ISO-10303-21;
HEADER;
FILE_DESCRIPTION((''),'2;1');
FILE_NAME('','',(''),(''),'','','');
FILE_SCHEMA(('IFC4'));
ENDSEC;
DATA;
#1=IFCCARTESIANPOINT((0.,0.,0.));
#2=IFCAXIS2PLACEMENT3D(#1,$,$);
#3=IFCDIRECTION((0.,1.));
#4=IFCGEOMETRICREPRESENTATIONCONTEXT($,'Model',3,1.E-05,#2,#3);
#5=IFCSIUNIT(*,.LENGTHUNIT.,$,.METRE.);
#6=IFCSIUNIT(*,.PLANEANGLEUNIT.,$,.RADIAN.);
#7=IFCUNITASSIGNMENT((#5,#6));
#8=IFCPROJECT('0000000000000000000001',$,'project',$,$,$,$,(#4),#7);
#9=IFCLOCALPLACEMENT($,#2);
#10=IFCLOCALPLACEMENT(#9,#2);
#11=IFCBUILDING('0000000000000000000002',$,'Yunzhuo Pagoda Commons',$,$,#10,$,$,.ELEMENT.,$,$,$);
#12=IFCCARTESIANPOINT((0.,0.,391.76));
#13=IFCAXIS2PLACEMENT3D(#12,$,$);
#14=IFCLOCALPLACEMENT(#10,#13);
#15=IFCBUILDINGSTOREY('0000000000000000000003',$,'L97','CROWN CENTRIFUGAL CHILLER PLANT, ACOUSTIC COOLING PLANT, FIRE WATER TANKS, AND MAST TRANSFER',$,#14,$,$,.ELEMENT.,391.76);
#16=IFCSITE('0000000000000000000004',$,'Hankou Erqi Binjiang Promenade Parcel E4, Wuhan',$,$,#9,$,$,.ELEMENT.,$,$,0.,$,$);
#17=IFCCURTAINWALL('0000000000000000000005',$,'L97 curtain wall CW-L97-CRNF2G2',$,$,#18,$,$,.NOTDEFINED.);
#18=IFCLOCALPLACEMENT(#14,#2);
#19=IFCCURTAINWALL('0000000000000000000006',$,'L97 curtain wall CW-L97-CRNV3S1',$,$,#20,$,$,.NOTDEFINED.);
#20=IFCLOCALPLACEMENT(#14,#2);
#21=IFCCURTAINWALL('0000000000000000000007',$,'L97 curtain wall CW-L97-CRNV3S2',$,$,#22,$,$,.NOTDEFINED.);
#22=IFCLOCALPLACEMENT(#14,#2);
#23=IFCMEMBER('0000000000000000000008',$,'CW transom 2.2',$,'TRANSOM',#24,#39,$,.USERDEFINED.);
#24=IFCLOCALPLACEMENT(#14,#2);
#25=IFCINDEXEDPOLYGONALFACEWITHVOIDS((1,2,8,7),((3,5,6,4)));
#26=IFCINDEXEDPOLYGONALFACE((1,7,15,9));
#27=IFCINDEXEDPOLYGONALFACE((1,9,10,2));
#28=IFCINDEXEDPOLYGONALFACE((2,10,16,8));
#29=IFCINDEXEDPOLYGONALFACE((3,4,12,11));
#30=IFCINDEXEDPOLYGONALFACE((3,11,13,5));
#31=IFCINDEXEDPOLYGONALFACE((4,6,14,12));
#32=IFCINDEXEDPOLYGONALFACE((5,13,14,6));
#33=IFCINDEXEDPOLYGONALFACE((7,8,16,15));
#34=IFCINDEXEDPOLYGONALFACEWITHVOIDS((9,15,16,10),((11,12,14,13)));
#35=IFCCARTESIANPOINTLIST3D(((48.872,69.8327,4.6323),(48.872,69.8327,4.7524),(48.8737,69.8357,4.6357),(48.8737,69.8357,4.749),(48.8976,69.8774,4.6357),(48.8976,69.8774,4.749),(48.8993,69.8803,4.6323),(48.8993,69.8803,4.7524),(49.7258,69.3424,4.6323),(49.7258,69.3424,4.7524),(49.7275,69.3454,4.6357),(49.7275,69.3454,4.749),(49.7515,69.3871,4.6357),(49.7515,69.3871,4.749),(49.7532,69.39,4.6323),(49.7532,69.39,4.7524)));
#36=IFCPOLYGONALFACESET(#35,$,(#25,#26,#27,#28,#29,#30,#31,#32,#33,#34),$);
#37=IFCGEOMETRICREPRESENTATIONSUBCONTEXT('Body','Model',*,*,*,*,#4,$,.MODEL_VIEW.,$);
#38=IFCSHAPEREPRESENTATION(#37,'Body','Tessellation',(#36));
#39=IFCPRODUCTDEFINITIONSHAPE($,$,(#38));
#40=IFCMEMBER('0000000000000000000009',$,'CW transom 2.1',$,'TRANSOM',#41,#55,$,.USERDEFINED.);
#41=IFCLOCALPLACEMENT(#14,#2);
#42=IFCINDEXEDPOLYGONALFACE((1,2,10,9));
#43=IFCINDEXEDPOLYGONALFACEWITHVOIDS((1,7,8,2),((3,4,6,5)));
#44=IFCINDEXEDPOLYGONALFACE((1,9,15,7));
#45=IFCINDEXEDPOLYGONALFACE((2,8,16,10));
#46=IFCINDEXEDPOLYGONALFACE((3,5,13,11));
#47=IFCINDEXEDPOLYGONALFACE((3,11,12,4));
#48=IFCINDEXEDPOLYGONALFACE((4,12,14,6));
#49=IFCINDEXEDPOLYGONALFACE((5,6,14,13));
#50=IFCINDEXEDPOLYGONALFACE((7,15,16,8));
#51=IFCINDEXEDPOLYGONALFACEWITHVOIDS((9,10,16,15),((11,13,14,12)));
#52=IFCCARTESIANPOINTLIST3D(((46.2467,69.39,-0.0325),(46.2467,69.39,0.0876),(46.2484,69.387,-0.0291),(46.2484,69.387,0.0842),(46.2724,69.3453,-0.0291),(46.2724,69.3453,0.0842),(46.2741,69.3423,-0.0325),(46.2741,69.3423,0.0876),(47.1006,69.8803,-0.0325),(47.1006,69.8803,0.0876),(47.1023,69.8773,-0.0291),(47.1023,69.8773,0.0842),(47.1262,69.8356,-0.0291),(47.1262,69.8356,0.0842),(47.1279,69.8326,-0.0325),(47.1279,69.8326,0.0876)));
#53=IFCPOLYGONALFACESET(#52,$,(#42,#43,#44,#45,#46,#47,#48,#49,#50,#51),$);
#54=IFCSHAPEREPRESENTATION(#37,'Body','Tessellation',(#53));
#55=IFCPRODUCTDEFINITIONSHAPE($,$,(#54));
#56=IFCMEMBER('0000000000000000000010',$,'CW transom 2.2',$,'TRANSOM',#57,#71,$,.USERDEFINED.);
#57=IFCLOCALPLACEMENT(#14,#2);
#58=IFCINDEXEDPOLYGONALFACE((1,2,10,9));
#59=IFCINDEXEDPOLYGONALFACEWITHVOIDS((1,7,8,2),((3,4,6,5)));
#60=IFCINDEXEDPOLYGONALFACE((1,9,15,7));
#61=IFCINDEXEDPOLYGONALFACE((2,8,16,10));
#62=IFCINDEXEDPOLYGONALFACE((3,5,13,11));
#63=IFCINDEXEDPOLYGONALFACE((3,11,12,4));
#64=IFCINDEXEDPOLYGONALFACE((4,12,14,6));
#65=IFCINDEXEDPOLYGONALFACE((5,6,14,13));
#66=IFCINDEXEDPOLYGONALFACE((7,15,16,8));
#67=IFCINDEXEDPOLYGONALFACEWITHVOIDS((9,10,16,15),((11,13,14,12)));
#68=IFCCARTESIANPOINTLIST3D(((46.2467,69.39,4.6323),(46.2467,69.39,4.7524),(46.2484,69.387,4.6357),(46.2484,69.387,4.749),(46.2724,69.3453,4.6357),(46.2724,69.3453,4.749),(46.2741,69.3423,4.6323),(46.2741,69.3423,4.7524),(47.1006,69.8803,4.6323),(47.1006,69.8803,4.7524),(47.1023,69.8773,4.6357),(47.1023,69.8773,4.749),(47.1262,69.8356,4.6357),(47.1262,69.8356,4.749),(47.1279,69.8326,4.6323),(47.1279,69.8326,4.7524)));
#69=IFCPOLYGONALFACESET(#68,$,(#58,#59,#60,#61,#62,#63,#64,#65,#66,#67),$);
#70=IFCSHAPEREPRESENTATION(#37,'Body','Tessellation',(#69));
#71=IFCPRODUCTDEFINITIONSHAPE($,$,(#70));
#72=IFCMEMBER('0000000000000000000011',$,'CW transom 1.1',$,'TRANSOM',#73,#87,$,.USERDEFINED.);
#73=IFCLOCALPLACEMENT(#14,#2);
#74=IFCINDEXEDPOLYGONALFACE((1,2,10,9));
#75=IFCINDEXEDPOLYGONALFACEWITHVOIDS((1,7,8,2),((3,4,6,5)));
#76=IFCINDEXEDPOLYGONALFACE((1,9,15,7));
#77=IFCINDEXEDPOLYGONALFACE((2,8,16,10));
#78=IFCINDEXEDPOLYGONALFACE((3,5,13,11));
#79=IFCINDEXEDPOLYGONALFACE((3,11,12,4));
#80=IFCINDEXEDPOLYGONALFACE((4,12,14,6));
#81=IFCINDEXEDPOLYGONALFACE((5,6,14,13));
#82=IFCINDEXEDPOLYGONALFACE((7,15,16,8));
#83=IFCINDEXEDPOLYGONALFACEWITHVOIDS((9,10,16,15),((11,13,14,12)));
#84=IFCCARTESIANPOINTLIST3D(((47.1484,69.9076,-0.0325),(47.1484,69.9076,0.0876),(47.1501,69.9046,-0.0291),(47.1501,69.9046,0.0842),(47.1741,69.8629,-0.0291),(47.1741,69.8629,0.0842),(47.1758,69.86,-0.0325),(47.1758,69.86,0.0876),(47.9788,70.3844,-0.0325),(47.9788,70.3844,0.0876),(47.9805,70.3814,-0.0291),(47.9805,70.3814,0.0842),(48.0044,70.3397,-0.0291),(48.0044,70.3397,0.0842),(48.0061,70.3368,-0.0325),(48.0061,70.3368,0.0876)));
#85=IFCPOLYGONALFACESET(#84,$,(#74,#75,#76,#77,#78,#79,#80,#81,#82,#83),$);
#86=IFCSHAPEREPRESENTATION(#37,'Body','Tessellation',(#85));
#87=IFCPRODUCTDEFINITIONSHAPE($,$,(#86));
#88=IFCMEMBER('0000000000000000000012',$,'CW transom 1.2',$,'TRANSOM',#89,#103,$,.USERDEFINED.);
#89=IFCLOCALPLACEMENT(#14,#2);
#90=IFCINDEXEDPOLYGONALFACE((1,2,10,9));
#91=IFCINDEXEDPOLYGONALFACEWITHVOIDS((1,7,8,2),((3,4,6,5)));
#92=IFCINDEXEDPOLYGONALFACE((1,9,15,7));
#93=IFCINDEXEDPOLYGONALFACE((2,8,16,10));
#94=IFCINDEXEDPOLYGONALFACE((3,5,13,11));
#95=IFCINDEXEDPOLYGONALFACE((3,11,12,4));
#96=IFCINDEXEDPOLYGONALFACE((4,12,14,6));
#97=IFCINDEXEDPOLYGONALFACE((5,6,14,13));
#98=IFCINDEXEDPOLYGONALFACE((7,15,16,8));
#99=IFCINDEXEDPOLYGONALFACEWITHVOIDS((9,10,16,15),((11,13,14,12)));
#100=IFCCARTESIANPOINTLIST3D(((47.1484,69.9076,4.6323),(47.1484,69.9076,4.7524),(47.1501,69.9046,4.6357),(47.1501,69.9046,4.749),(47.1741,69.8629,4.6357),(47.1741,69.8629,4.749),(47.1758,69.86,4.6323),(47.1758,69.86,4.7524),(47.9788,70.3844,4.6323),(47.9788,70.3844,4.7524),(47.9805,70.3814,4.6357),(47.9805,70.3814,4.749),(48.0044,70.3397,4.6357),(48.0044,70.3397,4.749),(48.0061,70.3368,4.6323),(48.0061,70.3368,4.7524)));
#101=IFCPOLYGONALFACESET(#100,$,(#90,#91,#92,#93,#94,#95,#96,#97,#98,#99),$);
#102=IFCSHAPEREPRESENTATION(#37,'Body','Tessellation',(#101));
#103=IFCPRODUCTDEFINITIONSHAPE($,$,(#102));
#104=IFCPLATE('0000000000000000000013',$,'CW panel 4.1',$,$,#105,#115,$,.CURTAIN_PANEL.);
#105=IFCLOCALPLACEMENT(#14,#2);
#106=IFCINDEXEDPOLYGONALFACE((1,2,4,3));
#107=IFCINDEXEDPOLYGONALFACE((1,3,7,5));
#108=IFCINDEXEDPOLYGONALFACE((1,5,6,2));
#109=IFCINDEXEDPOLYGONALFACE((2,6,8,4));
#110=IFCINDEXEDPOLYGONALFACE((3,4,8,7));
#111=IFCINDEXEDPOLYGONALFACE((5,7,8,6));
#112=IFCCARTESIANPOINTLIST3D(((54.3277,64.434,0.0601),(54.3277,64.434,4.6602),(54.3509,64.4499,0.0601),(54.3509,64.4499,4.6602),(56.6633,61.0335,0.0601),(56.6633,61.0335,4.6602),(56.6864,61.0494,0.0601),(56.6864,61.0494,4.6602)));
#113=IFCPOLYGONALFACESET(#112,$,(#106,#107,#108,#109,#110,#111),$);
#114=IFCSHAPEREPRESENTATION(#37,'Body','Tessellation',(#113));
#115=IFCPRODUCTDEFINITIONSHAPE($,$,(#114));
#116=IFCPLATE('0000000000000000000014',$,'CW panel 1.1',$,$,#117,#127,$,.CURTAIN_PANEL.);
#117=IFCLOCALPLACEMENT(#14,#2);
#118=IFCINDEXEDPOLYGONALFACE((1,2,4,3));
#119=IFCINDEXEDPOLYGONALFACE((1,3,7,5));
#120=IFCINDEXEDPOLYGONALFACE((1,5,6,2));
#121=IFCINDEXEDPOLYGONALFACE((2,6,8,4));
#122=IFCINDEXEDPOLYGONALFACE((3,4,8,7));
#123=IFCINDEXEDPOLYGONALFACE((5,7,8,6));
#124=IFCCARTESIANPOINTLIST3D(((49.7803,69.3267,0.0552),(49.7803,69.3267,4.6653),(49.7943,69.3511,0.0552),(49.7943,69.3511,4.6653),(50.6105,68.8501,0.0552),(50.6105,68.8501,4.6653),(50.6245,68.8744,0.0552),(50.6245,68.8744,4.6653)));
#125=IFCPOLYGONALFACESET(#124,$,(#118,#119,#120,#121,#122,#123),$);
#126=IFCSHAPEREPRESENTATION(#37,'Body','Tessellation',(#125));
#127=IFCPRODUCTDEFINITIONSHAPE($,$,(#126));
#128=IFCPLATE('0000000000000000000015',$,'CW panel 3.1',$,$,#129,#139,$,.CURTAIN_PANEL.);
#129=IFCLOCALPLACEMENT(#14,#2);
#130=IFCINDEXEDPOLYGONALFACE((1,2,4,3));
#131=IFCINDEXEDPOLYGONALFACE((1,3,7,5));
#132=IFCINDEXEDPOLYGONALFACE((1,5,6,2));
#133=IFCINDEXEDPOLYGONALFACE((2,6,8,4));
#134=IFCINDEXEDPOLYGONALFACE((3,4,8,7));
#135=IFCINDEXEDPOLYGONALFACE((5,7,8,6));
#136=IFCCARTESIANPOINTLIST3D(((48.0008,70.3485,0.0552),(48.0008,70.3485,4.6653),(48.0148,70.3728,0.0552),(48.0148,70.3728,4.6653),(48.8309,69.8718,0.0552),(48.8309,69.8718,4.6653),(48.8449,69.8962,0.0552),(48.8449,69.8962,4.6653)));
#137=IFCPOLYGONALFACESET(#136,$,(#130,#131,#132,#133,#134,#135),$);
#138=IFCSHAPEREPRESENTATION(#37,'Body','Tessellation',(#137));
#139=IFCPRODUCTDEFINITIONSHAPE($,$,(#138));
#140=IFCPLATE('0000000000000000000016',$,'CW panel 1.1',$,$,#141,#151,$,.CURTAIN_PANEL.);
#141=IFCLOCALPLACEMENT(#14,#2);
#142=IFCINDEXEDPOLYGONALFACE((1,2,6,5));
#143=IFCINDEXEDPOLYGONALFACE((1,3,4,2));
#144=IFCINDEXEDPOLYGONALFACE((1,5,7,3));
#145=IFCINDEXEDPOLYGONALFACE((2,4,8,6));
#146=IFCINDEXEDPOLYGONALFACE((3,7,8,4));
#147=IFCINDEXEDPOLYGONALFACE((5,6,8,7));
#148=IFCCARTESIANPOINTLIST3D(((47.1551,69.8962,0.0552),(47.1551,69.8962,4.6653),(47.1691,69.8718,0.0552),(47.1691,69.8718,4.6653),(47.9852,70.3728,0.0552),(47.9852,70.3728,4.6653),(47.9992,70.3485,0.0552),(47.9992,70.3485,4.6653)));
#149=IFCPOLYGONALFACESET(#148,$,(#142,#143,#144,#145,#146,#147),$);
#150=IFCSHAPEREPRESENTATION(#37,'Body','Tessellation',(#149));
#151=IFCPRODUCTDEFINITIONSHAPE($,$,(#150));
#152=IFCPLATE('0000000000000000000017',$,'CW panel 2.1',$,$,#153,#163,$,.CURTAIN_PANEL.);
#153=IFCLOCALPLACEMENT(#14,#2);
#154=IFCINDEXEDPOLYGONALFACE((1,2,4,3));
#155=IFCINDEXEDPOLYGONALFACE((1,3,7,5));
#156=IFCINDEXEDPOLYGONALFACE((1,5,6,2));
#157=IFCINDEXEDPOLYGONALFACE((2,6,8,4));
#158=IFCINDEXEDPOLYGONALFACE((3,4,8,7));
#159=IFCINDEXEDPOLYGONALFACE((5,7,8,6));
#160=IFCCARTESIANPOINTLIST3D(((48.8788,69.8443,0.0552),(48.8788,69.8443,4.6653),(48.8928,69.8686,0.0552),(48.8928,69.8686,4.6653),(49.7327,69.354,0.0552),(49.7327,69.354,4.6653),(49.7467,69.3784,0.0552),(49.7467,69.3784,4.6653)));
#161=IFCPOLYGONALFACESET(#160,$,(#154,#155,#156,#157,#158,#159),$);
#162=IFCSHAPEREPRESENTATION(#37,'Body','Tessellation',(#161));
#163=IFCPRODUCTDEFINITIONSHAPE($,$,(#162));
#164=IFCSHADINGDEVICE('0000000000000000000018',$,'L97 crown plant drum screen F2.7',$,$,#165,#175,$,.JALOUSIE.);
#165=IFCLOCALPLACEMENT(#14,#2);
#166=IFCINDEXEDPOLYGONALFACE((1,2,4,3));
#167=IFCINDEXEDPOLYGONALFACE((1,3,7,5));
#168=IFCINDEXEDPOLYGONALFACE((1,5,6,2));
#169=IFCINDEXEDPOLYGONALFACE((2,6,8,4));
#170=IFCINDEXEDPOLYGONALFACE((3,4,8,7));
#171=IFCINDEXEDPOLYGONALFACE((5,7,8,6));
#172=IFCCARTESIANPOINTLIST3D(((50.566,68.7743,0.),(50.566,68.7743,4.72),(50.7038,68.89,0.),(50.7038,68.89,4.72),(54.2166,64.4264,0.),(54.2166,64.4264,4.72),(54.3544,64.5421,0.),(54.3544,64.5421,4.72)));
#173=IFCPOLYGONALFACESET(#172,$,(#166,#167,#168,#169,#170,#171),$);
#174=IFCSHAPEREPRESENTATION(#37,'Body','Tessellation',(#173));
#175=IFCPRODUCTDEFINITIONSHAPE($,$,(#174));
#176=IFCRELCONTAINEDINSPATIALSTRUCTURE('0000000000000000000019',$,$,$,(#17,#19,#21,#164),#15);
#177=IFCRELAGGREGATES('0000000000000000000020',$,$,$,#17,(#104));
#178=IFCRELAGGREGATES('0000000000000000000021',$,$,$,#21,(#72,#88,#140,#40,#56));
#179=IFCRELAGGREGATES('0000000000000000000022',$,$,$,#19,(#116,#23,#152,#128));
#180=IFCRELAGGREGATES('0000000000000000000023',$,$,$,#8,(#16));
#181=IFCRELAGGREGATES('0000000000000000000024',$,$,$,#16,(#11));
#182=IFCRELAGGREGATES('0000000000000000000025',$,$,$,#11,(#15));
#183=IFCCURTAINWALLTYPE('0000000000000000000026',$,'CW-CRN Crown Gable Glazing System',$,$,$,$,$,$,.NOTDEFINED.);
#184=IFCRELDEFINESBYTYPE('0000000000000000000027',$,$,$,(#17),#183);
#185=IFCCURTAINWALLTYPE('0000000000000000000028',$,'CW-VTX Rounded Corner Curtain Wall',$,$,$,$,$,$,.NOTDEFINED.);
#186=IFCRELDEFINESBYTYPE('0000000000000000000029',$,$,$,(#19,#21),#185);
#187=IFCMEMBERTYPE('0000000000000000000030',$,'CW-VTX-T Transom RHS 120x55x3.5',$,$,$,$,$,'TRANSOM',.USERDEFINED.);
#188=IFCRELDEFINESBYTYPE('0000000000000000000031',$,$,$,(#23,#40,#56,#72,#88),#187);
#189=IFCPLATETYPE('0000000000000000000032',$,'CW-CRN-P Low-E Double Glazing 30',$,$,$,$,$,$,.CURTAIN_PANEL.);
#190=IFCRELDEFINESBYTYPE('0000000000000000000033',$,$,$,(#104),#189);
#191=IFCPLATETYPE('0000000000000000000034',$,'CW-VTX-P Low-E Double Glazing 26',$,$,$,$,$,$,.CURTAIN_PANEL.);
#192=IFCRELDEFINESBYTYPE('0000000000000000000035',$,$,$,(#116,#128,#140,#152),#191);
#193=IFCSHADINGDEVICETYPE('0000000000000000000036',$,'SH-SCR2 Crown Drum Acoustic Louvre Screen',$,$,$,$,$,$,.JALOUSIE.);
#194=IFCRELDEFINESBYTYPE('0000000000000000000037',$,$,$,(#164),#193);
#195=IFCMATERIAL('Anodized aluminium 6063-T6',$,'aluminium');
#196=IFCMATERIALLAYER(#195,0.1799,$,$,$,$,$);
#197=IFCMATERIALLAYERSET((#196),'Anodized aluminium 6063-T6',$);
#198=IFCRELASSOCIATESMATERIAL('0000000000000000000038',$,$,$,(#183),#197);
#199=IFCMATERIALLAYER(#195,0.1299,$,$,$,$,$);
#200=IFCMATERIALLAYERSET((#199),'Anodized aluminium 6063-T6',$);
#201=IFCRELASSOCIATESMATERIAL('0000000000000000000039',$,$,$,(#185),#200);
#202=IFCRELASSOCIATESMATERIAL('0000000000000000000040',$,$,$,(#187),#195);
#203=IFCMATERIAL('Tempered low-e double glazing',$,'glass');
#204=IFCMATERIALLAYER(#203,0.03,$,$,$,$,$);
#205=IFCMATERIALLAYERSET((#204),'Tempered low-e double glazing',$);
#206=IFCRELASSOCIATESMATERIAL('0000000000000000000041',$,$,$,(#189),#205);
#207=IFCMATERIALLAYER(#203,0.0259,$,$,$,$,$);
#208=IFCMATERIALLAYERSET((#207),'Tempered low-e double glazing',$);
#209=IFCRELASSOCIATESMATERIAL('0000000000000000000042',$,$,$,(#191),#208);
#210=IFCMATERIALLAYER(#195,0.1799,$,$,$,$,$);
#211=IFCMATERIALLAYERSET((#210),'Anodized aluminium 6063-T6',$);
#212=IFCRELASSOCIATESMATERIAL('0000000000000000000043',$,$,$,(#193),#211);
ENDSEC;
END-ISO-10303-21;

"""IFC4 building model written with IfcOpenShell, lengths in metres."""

from ifc_helpers import new_model, si_unit, direction, frame, origin, origin_2d, place, context, subcontext, project, spatial, rectangle, hollow_rectangle, extrude, source, transform, mapped, material, layer, layer_set, material_profile, profile_set, type_object, element, aggregate, save


model = new_model("IFC4")

# Units and contexts
model_context = context("Model", 3, precision=1e-05, world=origin(), true_north=direction((0.0, 1.0)))
body_context = subcontext(model_context, "Body", "Model", "MODEL_VIEW")
ifc_project = project(units=[si_unit("LENGTHUNIT", "METRE"), si_unit("PLANEANGLEUNIT", "RADIAN")], contexts=[model_context])

# Site, building, storey
site_placement = place(None, origin())
site = spatial("IfcSite", under=ifc_project, at=site_placement, Name="Hankou Erqi Binjiang Promenade Parcel E4, Wuhan", CompositionType="ELEMENT", RefElevation=0.0)
building_placement = place(site_placement, origin())
building = spatial("IfcBuilding", under=site, at=building_placement, Name="Yunzhuo Pagoda Commons", CompositionType="ELEMENT")
storey_placement = place(building_placement, frame((0.0, 0.0, 391.76)))
storey = spatial("IfcBuildingStorey", under=building, at=storey_placement, Name="L97", Description="CROWN CENTRIFUGAL CHILLER PLANT, ACOUSTIC COOLING PLANT, FIRE WATER TANKS, AND MAST TRANSFER", CompositionType="ELEMENT", Elevation=391.76)

# Curtain walls
ifc_material_1 = material(Name="Anodized aluminium 6063-T6", Category="aluminium")
ifc_layer_1 = layer(ifc_material_1, 0.1799)
ifc_layer_set_1 = layer_set([ifc_layer_1], Name="Anodized aluminium 6063-T6")
curtain_wall_type_1 = type_object("IfcCurtainWallType", Name="CW-CRN Crown Gable Glazing System", PredefinedType="NOTDEFINED", material=ifc_layer_set_1)
curtain_wall_1_placement = place(storey_placement, origin())
curtain_wall_1 = element("IfcCurtainWall", 1, at=curtain_wall_1_placement, inside=storey, type_object=curtain_wall_type_1, Name="L97 curtain wall CW-L97-CRNF2G2", PredefinedType="NOTDEFINED")
ifc_layer_2 = layer(ifc_material_1, 0.1299)
ifc_layer_set_2 = layer_set([ifc_layer_2], Name="Anodized aluminium 6063-T6")
curtain_wall_type_2 = type_object("IfcCurtainWallType", Name="CW-VTX Rounded Corner Curtain Wall", PredefinedType="NOTDEFINED", material=ifc_layer_set_2)
curtain_wall_2_placement = place(storey_placement, origin())
curtain_wall_2 = element("IfcCurtainWall", 2, at=curtain_wall_2_placement, inside=storey, type_object=curtain_wall_type_2, Name="L97 curtain wall CW-L97-CRNV3S1", PredefinedType="NOTDEFINED")

# Curtain wall
curtain_wall_3_placement = place(storey_placement, origin())
curtain_wall_3 = element("IfcCurtainWall", 3, at=curtain_wall_3_placement, inside=storey, type_object=curtain_wall_type_2, Name="L97 curtain wall CW-L97-CRNV3S2", PredefinedType="NOTDEFINED")

# Members
ifc_material_profile_1 = material_profile(ifc_material_1, hollow_rectangle(XDim=0.0549, YDim=0.1201, WallThickness=0.0034, at=origin_2d()), Name="Anodized aluminium 6063-T6")
ifc_profile_set_1 = profile_set([ifc_material_profile_1], Name="Anodized aluminium 6063-T6")
member_type_1 = type_object("IfcMemberType", Name="CW-VTX-T Transom RHS 120x55x3.5", ElementType="TRANSOM", PredefinedType="USERDEFINED", material=ifc_profile_set_1)
shared_shape_1 = source(origin(), body_context, "Body", "SweptSolid", [
    extrude(hollow_rectangle(XDim=0.0549, YDim=0.1201, WallThickness=0.0034, at=origin_2d()), origin(), (0.0, 0.0, 1.0), 0.9846),
])
member_1_placement = place(storey_placement, frame((49.7395, 69.3662, 4.6924), z_axis=(-0.867204, 0.497954, 0.0), x_axis=(-0.497954, -0.867204, 0.0)))
member_1 = element("IfcMember", 4, at=member_1_placement, type_object=member_type_1, Name="CW transom 2.2", ObjectType="TRANSOM", PredefinedType="USERDEFINED", context=body_context, shape_type="MappedRepresentation", body=[
    mapped(shared_shape_1, transform((0.0, 0.0, 0.0), scale=1.0)),
])
member_2_placement = place(storey_placement, frame((47.1143, 69.8564, 0.0276), z_axis=(-0.867204, -0.497954, 0.0), x_axis=(0.497954, -0.867204, 0.0)))
member_2 = element("IfcMember", 5, at=member_2_placement, type_object=member_type_1, Name="CW transom 2.1", ObjectType="TRANSOM", PredefinedType="USERDEFINED", context=body_context, shape_type="MappedRepresentation", body=[
    mapped(shared_shape_1, transform((0.0, 0.0, 0.0), scale=1.0)),
])
member_3_placement = place(storey_placement, frame((47.1143, 69.8564, 4.6924), z_axis=(-0.867204, -0.497954, 0.0), x_axis=(0.497954, -0.867204, 0.0)))
member_3 = element("IfcMember", 6, at=member_3_placement, type_object=member_type_1, Name="CW transom 2.2", ObjectType="TRANSOM", PredefinedType="USERDEFINED", context=body_context, shape_type="MappedRepresentation", body=[
    mapped(shared_shape_1, transform((0.0, 0.0, 0.0), scale=1.0)),
])
shared_shape_2 = source(origin(), body_context, "Body", "SweptSolid", [
    extrude(hollow_rectangle(XDim=0.0549, YDim=0.1201, WallThickness=0.0034, at=origin_2d()), origin(), (0.0, 0.0, 1.0), 0.9575),
])
member_4_placement = place(storey_placement, frame((47.9924, 70.3606, 0.0276), z_axis=(-0.86719, -0.497978, 0.0), x_axis=(0.497978, -0.86719, 0.0)))
member_4 = element("IfcMember", 7, at=member_4_placement, type_object=member_type_1, Name="CW transom 1.1", ObjectType="TRANSOM", PredefinedType="USERDEFINED", context=body_context, shape_type="MappedRepresentation", body=[
    mapped(shared_shape_2, transform((0.0, 0.0, 0.0), scale=1.0)),
])
member_5_placement = place(storey_placement, frame((47.9924, 70.3606, 4.6924), z_axis=(-0.86719, -0.497978, 0.0), x_axis=(0.497978, -0.86719, 0.0)))
member_5 = element("IfcMember", 8, at=member_5_placement, type_object=member_type_1, Name="CW transom 1.2", ObjectType="TRANSOM", PredefinedType="USERDEFINED", context=body_context, shape_type="MappedRepresentation", body=[
    mapped(shared_shape_2, transform((0.0, 0.0, 0.0), scale=1.0)),
])

# Plates
ifc_material_2 = material(Name="Tempered low-e double glazing", Category="glass")
ifc_layer_3 = layer(ifc_material_2, 0.03)
ifc_layer_set_3 = layer_set([ifc_layer_3], Name="Tempered low-e double glazing")
plate_type_1 = type_object("IfcPlateType", Name="CW-CRN-P Low-E Double Glazing 30", PredefinedType="CURTAIN_PANEL", material=ifc_layer_set_3)
shared_shape_3 = source(origin(), body_context, "Body", "SweptSolid", [
    extrude(rectangle(XDim=4.1252, YDim=0.0281, at=origin_2d()), origin(), (0.0, 0.0, 1.0), 4.6001),
])
plate_1_placement = place(storey_placement, frame((55.5071, 62.7417, 0.0601), z_axis=(0.0, 0.0, 1.0), x_axis=(-0.566159, 0.824296, 0.0)))
plate_1 = element("IfcPlate", 9, at=plate_1_placement, type_object=plate_type_1, Name="CW panel 4.1", PredefinedType="CURTAIN_PANEL", context=body_context, shape_type="MappedRepresentation", body=[
    mapped(shared_shape_3, transform((0.0, 0.0, 0.0), scale=1.0)),
])
aggregate(curtain_wall_1, [plate_1])
ifc_layer_4 = layer(ifc_material_2, 0.0259)
ifc_layer_set_4 = layer_set([ifc_layer_4], Name="Tempered low-e double glazing")
plate_type_2 = type_object("IfcPlateType", Name="CW-VTX-P Low-E Double Glazing 26", PredefinedType="CURTAIN_PANEL", material=ifc_layer_set_4)
shared_shape_4 = source(origin(), body_context, "Body", "SweptSolid", [
    extrude(rectangle(XDim=0.9573, YDim=0.0281, at=origin_2d()), origin(), (0.0, 0.0, 1.0), 4.6101),
])
plate_2_placement = place(storey_placement, frame((50.2024, 69.1006, 0.0552), z_axis=(0.0, 0.0, 1.0), x_axis=(-0.867213, 0.497937, 0.0)))
plate_2 = element("IfcPlate", 10, at=plate_2_placement, type_object=plate_type_2, Name="CW panel 1.1", PredefinedType="CURTAIN_PANEL", context=body_context, shape_type="MappedRepresentation", body=[
    mapped(shared_shape_4, transform((0.0, 0.0, 0.0), scale=1.0)),
])
plate_3_placement = place(storey_placement, frame((48.4229, 70.1223, 0.0552), z_axis=(0.0, 0.0, 1.0), x_axis=(-0.867213, 0.497937, 0.0)))
plate_3 = element("IfcPlate", 11, at=plate_3_placement, type_object=plate_type_2, Name="CW panel 3.1", PredefinedType="CURTAIN_PANEL", context=body_context, shape_type="MappedRepresentation", body=[
    mapped(shared_shape_4, transform((0.0, 0.0, 0.0), scale=1.0)),
])
plate_4_placement = place(storey_placement, frame((47.5771, 70.1223, 0.0552), z_axis=(0.0, 0.0, 1.0), x_axis=(-0.867213, -0.497937, 0.0)))
plate_4 = element("IfcPlate", 12, at=plate_4_placement, type_object=plate_type_2, Name="CW panel 1.1", PredefinedType="CURTAIN_PANEL", context=body_context, shape_type="MappedRepresentation", body=[
    mapped(shared_shape_4, transform((0.0, 0.0, 0.0), scale=1.0)),
])
aggregate(curtain_wall_3, [member_4, member_5, plate_4, member_2, member_3])
shared_shape_5 = source(origin(), body_context, "Body", "SweptSolid", [
    extrude(rectangle(XDim=0.9846, YDim=0.0281, at=origin_2d()), origin(), (0.0, 0.0, 1.0), 4.6101),
])
plate_5_placement = place(storey_placement, frame((49.3127, 69.6113, 0.0552), z_axis=(0.0, 0.0, 1.0), x_axis=(-0.867213, 0.497937, 0.0)))
plate_5 = element("IfcPlate", 13, at=plate_5_placement, type_object=plate_type_2, Name="CW panel 2.1", PredefinedType="CURTAIN_PANEL", context=body_context, shape_type="MappedRepresentation", body=[
    mapped(shared_shape_5, transform((0.0, 0.0, 0.0), scale=1.0)),
])
aggregate(curtain_wall_2, [plate_2, member_1, plate_5, plate_3])

# Shading device
ifc_layer_5 = layer(ifc_material_1, 0.1799)
ifc_layer_set_5 = layer_set([ifc_layer_5], Name="Anodized aluminium 6063-T6")
shading_device_type = type_object("IfcShadingDeviceType", Name="SH-SCR2 Crown Drum Acoustic Louvre Screen", PredefinedType="JALOUSIE", material=ifc_layer_set_5)
shared_shape_6 = source(origin(), body_context, "Body", "SweptSolid", [
    extrude(rectangle(XDim=5.6772, YDim=0.1799, at=origin_2d()), origin(), (0.0, 0.0, 1.0), 4.72),
])
shading_device_placement = place(storey_placement, frame((52.4602, 66.6582, 0.0), z_axis=(0.0, 0.0, 1.0), x_axis=(-0.643015, 0.765854, 0.0)))
element("IfcShadingDevice", 14, at=shading_device_placement, inside=storey, type_object=shading_device_type, Name="L97 crown plant drum screen F2.7", PredefinedType="JALOUSIE", context=body_context, shape_type="MappedRepresentation", body=[
    mapped(shared_shape_6, transform((0.0, 0.0, 0.0), scale=1.0)),
])

save(model, "model.ifc")
